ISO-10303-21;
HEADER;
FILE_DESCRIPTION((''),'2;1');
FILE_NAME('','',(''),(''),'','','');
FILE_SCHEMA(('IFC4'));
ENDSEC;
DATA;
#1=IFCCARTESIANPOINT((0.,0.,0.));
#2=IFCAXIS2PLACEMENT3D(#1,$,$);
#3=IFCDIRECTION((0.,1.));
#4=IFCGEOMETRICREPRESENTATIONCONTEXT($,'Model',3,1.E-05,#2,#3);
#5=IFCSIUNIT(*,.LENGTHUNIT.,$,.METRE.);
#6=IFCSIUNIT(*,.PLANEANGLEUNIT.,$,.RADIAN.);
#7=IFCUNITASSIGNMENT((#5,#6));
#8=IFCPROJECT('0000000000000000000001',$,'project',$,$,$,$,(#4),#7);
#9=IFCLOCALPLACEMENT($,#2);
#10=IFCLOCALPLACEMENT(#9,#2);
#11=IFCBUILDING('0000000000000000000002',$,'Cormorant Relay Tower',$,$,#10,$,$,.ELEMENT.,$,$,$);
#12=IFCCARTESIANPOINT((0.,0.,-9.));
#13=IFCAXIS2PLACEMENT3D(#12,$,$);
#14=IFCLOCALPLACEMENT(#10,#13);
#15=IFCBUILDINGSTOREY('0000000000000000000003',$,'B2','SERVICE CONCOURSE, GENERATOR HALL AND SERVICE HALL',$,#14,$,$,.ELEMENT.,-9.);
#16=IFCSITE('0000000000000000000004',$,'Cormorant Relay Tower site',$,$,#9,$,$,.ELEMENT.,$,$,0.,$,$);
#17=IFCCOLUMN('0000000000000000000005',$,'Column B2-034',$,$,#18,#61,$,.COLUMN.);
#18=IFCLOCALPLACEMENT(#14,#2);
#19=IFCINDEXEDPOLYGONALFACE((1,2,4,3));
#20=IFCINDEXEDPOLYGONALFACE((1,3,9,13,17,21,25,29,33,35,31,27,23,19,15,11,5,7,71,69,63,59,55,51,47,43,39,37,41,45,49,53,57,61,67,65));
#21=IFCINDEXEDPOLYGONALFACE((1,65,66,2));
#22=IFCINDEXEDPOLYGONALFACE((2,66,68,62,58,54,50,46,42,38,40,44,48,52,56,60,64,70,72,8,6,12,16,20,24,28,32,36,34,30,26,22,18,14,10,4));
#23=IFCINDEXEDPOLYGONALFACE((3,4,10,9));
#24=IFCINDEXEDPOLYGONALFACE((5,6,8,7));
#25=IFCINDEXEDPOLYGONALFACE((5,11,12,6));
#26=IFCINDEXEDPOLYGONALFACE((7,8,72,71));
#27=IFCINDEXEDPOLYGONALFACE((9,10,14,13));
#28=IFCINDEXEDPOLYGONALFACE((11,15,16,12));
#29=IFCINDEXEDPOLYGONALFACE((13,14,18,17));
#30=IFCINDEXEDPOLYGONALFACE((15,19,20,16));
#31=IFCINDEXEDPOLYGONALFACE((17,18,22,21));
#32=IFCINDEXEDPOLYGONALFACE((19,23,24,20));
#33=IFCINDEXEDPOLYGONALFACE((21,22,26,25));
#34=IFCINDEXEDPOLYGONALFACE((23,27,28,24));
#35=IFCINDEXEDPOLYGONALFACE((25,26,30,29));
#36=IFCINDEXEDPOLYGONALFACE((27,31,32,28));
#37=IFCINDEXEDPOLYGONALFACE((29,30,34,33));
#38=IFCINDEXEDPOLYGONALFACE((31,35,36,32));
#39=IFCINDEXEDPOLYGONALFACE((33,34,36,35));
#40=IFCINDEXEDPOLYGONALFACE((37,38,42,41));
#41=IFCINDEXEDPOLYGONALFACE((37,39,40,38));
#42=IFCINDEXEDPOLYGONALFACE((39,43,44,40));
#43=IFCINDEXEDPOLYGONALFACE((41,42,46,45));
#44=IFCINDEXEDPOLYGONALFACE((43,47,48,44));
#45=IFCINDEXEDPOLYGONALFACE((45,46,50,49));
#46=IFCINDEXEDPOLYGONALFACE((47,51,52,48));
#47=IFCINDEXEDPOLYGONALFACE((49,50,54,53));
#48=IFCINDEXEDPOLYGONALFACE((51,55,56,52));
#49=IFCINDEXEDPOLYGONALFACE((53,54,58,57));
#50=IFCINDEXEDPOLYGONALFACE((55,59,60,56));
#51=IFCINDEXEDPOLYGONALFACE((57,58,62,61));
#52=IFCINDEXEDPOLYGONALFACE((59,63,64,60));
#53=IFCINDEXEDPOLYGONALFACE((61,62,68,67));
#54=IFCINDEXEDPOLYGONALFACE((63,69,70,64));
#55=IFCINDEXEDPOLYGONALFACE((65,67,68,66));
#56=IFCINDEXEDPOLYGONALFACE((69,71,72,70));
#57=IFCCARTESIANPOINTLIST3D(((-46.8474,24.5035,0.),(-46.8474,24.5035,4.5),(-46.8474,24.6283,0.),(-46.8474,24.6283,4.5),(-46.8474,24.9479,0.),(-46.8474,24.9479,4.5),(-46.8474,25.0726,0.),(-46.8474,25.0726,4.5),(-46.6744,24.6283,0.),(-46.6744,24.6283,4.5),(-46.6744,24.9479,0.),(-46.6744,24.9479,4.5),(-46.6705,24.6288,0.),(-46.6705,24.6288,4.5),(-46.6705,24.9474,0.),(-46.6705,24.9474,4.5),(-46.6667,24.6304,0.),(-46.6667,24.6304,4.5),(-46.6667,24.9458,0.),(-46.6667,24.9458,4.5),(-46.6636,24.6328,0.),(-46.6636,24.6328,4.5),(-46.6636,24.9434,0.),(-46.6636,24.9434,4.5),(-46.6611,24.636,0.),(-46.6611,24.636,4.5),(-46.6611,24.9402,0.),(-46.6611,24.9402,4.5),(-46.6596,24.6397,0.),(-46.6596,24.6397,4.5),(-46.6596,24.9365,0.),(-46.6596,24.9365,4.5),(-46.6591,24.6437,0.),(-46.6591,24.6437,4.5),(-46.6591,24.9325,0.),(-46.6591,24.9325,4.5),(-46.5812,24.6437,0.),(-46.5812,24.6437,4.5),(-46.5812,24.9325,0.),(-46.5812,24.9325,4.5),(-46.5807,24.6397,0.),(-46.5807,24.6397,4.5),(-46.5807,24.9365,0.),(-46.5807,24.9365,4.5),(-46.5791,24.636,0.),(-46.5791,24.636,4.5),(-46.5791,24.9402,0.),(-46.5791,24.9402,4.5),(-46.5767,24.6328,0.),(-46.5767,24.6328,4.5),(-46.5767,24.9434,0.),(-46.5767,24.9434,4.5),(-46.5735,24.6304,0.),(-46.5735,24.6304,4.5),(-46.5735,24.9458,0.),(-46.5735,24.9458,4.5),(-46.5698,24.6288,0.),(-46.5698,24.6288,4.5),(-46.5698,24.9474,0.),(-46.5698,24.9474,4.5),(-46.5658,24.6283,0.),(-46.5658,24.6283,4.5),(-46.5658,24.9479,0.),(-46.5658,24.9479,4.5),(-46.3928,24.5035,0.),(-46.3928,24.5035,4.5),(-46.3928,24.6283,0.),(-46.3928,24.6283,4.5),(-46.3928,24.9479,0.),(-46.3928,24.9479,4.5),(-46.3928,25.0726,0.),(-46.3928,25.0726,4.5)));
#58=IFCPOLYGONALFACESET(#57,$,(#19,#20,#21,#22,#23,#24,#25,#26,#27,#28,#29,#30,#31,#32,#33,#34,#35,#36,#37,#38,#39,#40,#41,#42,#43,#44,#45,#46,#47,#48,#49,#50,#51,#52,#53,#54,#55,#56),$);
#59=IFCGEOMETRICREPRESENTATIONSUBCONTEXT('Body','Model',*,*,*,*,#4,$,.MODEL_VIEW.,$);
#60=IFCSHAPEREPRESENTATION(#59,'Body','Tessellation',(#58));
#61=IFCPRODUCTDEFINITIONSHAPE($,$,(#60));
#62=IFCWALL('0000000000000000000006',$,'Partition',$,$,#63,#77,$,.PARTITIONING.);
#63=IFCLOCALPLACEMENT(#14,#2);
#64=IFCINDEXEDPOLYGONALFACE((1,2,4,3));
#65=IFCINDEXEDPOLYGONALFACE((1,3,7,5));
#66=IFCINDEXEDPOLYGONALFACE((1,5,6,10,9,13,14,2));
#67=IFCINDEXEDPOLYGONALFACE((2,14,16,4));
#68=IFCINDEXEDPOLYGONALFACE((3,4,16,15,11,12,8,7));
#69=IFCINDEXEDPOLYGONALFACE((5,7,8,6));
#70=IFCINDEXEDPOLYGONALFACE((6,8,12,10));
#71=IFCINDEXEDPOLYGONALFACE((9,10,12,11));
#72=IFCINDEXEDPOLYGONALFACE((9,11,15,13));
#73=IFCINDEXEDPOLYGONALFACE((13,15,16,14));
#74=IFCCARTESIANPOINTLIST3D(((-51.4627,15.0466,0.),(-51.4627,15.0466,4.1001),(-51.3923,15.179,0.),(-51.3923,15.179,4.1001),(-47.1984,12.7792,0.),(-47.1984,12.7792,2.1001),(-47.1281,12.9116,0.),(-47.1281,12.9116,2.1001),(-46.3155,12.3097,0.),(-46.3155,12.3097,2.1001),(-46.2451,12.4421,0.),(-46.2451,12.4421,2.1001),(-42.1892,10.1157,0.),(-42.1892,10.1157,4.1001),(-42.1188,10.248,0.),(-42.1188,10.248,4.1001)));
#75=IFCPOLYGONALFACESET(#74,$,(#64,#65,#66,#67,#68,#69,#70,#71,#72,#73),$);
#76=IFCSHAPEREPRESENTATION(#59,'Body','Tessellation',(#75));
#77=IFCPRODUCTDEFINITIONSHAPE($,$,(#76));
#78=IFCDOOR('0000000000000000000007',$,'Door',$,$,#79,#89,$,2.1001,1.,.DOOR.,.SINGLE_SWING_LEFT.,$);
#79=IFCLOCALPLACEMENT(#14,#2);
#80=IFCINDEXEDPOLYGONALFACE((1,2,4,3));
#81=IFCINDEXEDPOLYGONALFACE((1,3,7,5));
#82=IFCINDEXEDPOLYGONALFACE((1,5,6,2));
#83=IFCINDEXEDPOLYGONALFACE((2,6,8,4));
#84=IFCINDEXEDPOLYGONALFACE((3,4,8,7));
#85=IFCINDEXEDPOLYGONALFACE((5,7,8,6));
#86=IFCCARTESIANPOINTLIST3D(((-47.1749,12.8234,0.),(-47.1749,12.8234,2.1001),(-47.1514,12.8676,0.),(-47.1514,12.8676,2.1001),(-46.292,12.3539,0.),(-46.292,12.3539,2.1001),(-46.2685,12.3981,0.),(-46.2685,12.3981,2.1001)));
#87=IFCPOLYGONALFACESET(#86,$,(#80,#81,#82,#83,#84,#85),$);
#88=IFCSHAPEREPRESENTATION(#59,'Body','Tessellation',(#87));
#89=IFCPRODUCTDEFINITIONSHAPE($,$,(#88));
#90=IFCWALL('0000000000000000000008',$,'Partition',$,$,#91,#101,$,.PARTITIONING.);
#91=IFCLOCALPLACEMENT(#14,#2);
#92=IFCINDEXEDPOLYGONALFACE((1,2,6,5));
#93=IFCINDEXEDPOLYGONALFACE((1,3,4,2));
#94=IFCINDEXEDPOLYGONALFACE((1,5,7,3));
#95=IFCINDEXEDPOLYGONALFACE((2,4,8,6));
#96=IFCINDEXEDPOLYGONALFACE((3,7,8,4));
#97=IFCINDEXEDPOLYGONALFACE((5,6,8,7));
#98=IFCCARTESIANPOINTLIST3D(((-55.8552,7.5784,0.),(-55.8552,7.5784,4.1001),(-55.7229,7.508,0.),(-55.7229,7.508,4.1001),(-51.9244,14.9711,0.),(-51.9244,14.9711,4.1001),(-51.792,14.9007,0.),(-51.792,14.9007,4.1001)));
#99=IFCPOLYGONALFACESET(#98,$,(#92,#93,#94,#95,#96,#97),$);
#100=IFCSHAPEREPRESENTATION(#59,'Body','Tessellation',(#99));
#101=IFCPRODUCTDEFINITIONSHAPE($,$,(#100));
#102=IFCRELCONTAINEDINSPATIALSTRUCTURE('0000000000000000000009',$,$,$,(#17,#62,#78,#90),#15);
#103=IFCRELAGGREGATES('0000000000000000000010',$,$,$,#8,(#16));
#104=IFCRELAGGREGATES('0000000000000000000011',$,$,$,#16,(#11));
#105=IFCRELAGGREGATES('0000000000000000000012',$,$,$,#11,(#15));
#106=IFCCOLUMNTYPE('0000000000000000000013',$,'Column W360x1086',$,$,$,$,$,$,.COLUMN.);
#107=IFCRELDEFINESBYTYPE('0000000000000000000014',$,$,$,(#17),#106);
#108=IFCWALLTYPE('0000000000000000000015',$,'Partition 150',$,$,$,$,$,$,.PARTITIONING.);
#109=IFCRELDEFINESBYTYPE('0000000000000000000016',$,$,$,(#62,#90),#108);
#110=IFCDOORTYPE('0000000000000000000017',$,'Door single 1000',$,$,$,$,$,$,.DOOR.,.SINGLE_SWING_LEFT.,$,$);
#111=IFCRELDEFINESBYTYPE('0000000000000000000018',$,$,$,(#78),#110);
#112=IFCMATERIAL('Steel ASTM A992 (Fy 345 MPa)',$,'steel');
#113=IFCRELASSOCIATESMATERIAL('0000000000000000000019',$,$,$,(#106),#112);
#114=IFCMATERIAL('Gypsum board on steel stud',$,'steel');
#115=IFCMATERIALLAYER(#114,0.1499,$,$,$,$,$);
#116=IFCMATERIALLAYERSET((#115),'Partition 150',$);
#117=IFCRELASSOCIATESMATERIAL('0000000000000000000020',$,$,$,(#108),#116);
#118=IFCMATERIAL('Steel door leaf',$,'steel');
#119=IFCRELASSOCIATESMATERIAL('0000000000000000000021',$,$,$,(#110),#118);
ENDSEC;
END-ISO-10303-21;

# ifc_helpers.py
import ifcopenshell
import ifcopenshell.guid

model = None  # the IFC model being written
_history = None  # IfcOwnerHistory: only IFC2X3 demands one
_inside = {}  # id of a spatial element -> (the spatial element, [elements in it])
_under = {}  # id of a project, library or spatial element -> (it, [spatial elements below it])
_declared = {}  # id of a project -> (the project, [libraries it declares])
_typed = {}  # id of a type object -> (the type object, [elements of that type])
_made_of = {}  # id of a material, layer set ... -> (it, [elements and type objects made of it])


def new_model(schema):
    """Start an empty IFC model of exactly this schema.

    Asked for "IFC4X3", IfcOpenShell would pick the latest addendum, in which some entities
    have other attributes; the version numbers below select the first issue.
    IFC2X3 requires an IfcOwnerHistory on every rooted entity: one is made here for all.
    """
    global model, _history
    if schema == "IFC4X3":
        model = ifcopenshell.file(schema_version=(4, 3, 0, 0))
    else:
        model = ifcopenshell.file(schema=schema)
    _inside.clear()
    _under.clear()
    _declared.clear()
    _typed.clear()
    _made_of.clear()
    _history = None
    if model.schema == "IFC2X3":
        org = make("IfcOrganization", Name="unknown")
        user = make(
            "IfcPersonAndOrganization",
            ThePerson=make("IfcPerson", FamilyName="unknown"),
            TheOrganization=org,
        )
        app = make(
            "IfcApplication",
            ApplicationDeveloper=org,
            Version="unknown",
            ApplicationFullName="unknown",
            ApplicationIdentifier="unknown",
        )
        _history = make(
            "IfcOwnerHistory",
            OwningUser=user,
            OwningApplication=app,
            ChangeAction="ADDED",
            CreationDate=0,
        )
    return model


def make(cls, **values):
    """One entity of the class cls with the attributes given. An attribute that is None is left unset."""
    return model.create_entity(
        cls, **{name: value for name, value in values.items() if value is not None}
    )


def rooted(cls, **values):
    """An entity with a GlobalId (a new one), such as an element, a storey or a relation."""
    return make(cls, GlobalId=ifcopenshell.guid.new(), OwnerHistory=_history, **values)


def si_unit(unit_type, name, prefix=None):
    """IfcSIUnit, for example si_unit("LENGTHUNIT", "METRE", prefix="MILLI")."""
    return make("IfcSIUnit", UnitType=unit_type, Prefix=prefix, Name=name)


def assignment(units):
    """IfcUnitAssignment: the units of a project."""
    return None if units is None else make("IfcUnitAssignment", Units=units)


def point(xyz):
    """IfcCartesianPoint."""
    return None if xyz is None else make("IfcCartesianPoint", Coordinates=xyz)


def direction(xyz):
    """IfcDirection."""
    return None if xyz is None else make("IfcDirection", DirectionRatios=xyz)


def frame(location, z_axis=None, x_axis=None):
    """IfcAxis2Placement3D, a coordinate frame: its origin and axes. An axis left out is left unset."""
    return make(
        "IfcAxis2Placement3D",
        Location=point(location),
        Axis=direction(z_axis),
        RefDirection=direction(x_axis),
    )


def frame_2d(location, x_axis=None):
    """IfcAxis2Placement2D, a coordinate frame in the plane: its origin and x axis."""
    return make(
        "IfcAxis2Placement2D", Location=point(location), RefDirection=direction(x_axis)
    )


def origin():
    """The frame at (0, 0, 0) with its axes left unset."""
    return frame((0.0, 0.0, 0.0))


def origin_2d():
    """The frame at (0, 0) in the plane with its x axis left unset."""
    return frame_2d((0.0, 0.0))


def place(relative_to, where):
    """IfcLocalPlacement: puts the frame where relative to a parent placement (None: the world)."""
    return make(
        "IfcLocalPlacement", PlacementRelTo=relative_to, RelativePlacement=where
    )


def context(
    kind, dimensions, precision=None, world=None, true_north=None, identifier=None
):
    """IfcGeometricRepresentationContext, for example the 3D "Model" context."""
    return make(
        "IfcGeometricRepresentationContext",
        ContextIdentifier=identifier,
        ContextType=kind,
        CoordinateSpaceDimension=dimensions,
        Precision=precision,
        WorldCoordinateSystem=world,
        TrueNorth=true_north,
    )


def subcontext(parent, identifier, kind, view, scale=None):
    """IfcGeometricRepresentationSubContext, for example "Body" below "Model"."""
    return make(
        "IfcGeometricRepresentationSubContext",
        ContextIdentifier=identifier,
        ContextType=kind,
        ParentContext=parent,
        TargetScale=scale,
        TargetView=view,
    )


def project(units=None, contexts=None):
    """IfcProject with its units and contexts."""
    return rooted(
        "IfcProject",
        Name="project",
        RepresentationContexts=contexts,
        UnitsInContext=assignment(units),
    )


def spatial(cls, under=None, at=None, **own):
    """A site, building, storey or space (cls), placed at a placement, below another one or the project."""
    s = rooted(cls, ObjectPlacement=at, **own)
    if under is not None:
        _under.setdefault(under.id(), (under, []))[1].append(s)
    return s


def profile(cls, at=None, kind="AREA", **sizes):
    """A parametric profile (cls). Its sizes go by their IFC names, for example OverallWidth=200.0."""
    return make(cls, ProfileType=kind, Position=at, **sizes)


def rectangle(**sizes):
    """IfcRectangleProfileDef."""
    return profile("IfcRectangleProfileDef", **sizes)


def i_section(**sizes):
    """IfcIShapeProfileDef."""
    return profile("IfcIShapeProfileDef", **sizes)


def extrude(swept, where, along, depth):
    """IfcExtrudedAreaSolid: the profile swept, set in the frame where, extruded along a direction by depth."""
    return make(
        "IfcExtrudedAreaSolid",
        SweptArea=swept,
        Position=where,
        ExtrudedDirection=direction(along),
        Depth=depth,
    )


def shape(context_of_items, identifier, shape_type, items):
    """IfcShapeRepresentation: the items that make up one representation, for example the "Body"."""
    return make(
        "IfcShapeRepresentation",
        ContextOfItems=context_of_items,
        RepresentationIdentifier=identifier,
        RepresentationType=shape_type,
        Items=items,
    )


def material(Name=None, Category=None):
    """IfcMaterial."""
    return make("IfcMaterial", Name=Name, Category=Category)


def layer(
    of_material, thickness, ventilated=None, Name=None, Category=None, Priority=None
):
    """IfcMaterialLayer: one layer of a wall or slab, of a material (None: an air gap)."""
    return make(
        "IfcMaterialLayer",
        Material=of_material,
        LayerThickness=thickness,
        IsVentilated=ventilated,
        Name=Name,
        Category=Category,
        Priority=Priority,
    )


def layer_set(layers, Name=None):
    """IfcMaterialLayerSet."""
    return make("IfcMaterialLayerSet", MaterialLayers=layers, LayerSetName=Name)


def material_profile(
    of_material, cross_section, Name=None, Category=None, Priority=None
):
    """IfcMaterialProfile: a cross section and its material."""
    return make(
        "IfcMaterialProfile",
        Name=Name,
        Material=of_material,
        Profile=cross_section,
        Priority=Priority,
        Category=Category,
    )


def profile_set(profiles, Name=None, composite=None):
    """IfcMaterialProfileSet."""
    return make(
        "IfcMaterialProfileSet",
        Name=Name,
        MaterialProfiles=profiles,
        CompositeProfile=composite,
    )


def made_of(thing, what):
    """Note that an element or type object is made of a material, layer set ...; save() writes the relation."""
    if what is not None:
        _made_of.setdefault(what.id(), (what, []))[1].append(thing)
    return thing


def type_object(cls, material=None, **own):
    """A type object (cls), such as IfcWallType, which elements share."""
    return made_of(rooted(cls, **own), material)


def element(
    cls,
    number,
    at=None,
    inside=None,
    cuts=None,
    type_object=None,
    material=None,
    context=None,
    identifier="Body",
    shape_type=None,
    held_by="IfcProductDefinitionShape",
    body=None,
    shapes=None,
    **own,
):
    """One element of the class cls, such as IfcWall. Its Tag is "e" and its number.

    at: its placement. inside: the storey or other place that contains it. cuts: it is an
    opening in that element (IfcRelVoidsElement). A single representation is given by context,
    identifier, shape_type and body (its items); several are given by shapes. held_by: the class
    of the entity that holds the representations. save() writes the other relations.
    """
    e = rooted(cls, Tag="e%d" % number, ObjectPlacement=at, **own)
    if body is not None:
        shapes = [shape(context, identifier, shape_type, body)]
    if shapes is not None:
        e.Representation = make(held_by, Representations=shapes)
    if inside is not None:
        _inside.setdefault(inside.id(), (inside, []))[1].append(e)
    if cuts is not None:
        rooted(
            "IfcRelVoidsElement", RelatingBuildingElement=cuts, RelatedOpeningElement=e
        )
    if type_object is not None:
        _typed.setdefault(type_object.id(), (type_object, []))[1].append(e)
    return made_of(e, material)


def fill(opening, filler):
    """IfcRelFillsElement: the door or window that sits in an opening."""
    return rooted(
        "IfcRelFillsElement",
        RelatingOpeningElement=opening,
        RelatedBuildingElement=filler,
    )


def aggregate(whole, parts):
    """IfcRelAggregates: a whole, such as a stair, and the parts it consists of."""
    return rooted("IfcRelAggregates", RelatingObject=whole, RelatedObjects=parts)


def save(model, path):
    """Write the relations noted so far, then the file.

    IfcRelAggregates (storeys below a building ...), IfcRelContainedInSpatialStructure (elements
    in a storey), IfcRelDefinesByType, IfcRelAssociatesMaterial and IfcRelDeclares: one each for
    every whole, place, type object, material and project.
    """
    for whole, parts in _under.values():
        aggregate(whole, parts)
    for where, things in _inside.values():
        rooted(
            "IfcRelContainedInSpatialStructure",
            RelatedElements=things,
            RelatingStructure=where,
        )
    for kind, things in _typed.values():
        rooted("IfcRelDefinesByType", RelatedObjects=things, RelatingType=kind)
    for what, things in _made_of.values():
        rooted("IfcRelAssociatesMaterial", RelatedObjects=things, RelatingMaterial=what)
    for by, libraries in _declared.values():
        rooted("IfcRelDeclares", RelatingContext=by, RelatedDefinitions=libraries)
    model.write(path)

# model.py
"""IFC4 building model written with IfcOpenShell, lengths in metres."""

from ifc_helpers import new_model, si_unit, direction, frame, frame_2d, origin, origin_2d, place, context, subcontext, project, spatial, rectangle, i_section, extrude, material, layer, layer_set, material_profile, profile_set, type_object, element, fill, save


model = new_model("IFC4")

# Units and contexts
model_context = context("Model", 3, precision=1e-05, world=origin(), true_north=direction((0.0, 1.0)))
body_context = subcontext(model_context, "Body", "Model", "MODEL_VIEW")
ifc_project = project(units=[si_unit("LENGTHUNIT", "METRE"), si_unit("PLANEANGLEUNIT", "RADIAN")], contexts=[model_context])

# Site, building, storey
site_placement = place(None, origin())
site = spatial("IfcSite", under=ifc_project, at=site_placement, Name="Cormorant Relay Tower site", CompositionType="ELEMENT", RefElevation=0.0)
building_placement = place(site_placement, origin())
building = spatial("IfcBuilding", under=site, at=building_placement, Name="Cormorant Relay Tower", CompositionType="ELEMENT")
storey_placement = place(building_placement, frame((0.0, 0.0, -9.0)))
storey = spatial("IfcBuildingStorey", under=building, at=storey_placement, Name="B2", Description="SERVICE CONCOURSE, GENERATOR HALL AND SERVICE HALL", CompositionType="ELEMENT", Elevation=-9.0)

# Column
ifc_material_1 = material(Name="Steel ASTM A992 (Fy 345 MPa)", Category="steel")
ifc_material_profile_1 = material_profile(ifc_material_1, i_section(OverallWidth=0.4546, OverallDepth=0.5691, WebThickness=0.0779, FlangeThickness=0.1248, FilletRadius=0.0154, at=origin_2d()), Name="W360x1086")
ifc_profile_set_1 = profile_set([ifc_material_profile_1], Name="Steel ASTM A992 (Fy 345 MPa)")
column_type_1 = type_object("IfcColumnType", Name="Column W360x1086", PredefinedType="COLUMN", material=ifc_profile_set_1)
for number, where, z_axis, x_axis, name in (
    (1, (-46.6201, 24.7881, 0.0), (0.0, 0.0, 1.0), (1.0, 0.0, 0.0), "Column B2-034"),
):
    element("IfcColumn", number, at=place(storey_placement, frame(where, z_axis=z_axis, x_axis=x_axis)), inside=storey, type_object=column_type_1, Name=name, PredefinedType="COLUMN", context=body_context, shape_type="SweptSolid", body=[
        extrude(i_section(OverallWidth=0.4546, OverallDepth=0.5691, WebThickness=0.0779, FlangeThickness=0.1248, FilletRadius=0.0154, at=origin_2d()), origin(), (0.0, 0.0, 1.0), 4.5),
    ])

# Wall, opening, door
ifc_material_2 = material(Name="Gypsum board on steel stud", Category="steel")
ifc_layer = layer(ifc_material_2, 0.1499)
ifc_layer_set = layer_set([ifc_layer], Name="Partition 150")
wall_type = type_object("IfcWallType", Name="Partition 150", PredefinedType="PARTITIONING", material=ifc_layer_set)
wall_1_placement = place(storey_placement, frame((-51.4275, 15.1128, 0.0), z_axis=(0.0, 0.0, 1.0), x_axis=(0.882942, -0.469482, 0.0)))
wall_1 = element("IfcWall", 2, at=wall_1_placement, inside=storey, type_object=wall_type, Name="Partition", PredefinedType="PARTITIONING", context=body_context, shape_type="SweptSolid", body=[
    extrude(rectangle(XDim=10.5029, YDim=0.1499, at=frame_2d((5.2515, 0.0))), origin(), (0.0, 0.0, 1.0), 4.1001),
])
opening_placement = place(wall_1_placement, frame((4.8296, 0.0, 0.0)))
opening = element("IfcOpeningElement", 3, at=opening_placement, cuts=wall_1, PredefinedType="OPENING", context=body_context, shape_type="SweptSolid", body=[
    extrude(rectangle(XDim=1.0, YDim=2.1001, at=frame_2d((0.5, 1.05))), frame((0.0, 0.085, 0.0), z_axis=(0.0, -1.0, 0.0), x_axis=(1.0, 0.0, 0.0)), (0.0, 0.0, 1.0), 0.1699),
])
ifc_material_3 = material(Name="Steel door leaf", Category="steel")
door_type = type_object("IfcDoorType", Name="Door single 1000", OperationType="SINGLE_SWING_LEFT", PredefinedType="DOOR", material=ifc_material_3)
door_placement = place(opening_placement, frame((1.0, 0.0, 0.0), z_axis=(0.0, 0.0, 1.0), x_axis=(-1.0, 0.0, 0.0)))
door = element("IfcDoor", 4, at=door_placement, inside=storey, type_object=door_type, Name="Door", OperationType="SINGLE_SWING_LEFT", OverallHeight=2.1001, OverallWidth=1.0, PredefinedType="DOOR", context=body_context, shape_type="SweptSolid", body=[
    extrude(rectangle(XDim=1.0, YDim=2.1001, at=frame_2d((0.5, 1.05))), frame((0.0, 0.0249, 0.0), z_axis=(0.0, -1.0, 0.0), x_axis=(1.0, 0.0, 0.0)), (0.0, 0.0, 1.0), 0.05),
])
fill(opening, door)

# Wall
wall_2_placement = place(storey_placement, frame((-51.8582, 14.936, 0.0), z_axis=(0.0, 0.0, 1.0), x_axis=(-0.469479, -0.882944, 0.0)))
element("IfcWall", 5, at=wall_2_placement, inside=storey, type_object=wall_type, Name="Partition", PredefinedType="PARTITIONING", context=body_context, shape_type="SweptSolid", body=[
    extrude(rectangle(XDim=8.3728, YDim=0.1499, at=frame_2d((4.1865, 0.0))), origin(), (0.0, 0.0, 1.0), 4.1001),
])

save(model, "model.ifc")
